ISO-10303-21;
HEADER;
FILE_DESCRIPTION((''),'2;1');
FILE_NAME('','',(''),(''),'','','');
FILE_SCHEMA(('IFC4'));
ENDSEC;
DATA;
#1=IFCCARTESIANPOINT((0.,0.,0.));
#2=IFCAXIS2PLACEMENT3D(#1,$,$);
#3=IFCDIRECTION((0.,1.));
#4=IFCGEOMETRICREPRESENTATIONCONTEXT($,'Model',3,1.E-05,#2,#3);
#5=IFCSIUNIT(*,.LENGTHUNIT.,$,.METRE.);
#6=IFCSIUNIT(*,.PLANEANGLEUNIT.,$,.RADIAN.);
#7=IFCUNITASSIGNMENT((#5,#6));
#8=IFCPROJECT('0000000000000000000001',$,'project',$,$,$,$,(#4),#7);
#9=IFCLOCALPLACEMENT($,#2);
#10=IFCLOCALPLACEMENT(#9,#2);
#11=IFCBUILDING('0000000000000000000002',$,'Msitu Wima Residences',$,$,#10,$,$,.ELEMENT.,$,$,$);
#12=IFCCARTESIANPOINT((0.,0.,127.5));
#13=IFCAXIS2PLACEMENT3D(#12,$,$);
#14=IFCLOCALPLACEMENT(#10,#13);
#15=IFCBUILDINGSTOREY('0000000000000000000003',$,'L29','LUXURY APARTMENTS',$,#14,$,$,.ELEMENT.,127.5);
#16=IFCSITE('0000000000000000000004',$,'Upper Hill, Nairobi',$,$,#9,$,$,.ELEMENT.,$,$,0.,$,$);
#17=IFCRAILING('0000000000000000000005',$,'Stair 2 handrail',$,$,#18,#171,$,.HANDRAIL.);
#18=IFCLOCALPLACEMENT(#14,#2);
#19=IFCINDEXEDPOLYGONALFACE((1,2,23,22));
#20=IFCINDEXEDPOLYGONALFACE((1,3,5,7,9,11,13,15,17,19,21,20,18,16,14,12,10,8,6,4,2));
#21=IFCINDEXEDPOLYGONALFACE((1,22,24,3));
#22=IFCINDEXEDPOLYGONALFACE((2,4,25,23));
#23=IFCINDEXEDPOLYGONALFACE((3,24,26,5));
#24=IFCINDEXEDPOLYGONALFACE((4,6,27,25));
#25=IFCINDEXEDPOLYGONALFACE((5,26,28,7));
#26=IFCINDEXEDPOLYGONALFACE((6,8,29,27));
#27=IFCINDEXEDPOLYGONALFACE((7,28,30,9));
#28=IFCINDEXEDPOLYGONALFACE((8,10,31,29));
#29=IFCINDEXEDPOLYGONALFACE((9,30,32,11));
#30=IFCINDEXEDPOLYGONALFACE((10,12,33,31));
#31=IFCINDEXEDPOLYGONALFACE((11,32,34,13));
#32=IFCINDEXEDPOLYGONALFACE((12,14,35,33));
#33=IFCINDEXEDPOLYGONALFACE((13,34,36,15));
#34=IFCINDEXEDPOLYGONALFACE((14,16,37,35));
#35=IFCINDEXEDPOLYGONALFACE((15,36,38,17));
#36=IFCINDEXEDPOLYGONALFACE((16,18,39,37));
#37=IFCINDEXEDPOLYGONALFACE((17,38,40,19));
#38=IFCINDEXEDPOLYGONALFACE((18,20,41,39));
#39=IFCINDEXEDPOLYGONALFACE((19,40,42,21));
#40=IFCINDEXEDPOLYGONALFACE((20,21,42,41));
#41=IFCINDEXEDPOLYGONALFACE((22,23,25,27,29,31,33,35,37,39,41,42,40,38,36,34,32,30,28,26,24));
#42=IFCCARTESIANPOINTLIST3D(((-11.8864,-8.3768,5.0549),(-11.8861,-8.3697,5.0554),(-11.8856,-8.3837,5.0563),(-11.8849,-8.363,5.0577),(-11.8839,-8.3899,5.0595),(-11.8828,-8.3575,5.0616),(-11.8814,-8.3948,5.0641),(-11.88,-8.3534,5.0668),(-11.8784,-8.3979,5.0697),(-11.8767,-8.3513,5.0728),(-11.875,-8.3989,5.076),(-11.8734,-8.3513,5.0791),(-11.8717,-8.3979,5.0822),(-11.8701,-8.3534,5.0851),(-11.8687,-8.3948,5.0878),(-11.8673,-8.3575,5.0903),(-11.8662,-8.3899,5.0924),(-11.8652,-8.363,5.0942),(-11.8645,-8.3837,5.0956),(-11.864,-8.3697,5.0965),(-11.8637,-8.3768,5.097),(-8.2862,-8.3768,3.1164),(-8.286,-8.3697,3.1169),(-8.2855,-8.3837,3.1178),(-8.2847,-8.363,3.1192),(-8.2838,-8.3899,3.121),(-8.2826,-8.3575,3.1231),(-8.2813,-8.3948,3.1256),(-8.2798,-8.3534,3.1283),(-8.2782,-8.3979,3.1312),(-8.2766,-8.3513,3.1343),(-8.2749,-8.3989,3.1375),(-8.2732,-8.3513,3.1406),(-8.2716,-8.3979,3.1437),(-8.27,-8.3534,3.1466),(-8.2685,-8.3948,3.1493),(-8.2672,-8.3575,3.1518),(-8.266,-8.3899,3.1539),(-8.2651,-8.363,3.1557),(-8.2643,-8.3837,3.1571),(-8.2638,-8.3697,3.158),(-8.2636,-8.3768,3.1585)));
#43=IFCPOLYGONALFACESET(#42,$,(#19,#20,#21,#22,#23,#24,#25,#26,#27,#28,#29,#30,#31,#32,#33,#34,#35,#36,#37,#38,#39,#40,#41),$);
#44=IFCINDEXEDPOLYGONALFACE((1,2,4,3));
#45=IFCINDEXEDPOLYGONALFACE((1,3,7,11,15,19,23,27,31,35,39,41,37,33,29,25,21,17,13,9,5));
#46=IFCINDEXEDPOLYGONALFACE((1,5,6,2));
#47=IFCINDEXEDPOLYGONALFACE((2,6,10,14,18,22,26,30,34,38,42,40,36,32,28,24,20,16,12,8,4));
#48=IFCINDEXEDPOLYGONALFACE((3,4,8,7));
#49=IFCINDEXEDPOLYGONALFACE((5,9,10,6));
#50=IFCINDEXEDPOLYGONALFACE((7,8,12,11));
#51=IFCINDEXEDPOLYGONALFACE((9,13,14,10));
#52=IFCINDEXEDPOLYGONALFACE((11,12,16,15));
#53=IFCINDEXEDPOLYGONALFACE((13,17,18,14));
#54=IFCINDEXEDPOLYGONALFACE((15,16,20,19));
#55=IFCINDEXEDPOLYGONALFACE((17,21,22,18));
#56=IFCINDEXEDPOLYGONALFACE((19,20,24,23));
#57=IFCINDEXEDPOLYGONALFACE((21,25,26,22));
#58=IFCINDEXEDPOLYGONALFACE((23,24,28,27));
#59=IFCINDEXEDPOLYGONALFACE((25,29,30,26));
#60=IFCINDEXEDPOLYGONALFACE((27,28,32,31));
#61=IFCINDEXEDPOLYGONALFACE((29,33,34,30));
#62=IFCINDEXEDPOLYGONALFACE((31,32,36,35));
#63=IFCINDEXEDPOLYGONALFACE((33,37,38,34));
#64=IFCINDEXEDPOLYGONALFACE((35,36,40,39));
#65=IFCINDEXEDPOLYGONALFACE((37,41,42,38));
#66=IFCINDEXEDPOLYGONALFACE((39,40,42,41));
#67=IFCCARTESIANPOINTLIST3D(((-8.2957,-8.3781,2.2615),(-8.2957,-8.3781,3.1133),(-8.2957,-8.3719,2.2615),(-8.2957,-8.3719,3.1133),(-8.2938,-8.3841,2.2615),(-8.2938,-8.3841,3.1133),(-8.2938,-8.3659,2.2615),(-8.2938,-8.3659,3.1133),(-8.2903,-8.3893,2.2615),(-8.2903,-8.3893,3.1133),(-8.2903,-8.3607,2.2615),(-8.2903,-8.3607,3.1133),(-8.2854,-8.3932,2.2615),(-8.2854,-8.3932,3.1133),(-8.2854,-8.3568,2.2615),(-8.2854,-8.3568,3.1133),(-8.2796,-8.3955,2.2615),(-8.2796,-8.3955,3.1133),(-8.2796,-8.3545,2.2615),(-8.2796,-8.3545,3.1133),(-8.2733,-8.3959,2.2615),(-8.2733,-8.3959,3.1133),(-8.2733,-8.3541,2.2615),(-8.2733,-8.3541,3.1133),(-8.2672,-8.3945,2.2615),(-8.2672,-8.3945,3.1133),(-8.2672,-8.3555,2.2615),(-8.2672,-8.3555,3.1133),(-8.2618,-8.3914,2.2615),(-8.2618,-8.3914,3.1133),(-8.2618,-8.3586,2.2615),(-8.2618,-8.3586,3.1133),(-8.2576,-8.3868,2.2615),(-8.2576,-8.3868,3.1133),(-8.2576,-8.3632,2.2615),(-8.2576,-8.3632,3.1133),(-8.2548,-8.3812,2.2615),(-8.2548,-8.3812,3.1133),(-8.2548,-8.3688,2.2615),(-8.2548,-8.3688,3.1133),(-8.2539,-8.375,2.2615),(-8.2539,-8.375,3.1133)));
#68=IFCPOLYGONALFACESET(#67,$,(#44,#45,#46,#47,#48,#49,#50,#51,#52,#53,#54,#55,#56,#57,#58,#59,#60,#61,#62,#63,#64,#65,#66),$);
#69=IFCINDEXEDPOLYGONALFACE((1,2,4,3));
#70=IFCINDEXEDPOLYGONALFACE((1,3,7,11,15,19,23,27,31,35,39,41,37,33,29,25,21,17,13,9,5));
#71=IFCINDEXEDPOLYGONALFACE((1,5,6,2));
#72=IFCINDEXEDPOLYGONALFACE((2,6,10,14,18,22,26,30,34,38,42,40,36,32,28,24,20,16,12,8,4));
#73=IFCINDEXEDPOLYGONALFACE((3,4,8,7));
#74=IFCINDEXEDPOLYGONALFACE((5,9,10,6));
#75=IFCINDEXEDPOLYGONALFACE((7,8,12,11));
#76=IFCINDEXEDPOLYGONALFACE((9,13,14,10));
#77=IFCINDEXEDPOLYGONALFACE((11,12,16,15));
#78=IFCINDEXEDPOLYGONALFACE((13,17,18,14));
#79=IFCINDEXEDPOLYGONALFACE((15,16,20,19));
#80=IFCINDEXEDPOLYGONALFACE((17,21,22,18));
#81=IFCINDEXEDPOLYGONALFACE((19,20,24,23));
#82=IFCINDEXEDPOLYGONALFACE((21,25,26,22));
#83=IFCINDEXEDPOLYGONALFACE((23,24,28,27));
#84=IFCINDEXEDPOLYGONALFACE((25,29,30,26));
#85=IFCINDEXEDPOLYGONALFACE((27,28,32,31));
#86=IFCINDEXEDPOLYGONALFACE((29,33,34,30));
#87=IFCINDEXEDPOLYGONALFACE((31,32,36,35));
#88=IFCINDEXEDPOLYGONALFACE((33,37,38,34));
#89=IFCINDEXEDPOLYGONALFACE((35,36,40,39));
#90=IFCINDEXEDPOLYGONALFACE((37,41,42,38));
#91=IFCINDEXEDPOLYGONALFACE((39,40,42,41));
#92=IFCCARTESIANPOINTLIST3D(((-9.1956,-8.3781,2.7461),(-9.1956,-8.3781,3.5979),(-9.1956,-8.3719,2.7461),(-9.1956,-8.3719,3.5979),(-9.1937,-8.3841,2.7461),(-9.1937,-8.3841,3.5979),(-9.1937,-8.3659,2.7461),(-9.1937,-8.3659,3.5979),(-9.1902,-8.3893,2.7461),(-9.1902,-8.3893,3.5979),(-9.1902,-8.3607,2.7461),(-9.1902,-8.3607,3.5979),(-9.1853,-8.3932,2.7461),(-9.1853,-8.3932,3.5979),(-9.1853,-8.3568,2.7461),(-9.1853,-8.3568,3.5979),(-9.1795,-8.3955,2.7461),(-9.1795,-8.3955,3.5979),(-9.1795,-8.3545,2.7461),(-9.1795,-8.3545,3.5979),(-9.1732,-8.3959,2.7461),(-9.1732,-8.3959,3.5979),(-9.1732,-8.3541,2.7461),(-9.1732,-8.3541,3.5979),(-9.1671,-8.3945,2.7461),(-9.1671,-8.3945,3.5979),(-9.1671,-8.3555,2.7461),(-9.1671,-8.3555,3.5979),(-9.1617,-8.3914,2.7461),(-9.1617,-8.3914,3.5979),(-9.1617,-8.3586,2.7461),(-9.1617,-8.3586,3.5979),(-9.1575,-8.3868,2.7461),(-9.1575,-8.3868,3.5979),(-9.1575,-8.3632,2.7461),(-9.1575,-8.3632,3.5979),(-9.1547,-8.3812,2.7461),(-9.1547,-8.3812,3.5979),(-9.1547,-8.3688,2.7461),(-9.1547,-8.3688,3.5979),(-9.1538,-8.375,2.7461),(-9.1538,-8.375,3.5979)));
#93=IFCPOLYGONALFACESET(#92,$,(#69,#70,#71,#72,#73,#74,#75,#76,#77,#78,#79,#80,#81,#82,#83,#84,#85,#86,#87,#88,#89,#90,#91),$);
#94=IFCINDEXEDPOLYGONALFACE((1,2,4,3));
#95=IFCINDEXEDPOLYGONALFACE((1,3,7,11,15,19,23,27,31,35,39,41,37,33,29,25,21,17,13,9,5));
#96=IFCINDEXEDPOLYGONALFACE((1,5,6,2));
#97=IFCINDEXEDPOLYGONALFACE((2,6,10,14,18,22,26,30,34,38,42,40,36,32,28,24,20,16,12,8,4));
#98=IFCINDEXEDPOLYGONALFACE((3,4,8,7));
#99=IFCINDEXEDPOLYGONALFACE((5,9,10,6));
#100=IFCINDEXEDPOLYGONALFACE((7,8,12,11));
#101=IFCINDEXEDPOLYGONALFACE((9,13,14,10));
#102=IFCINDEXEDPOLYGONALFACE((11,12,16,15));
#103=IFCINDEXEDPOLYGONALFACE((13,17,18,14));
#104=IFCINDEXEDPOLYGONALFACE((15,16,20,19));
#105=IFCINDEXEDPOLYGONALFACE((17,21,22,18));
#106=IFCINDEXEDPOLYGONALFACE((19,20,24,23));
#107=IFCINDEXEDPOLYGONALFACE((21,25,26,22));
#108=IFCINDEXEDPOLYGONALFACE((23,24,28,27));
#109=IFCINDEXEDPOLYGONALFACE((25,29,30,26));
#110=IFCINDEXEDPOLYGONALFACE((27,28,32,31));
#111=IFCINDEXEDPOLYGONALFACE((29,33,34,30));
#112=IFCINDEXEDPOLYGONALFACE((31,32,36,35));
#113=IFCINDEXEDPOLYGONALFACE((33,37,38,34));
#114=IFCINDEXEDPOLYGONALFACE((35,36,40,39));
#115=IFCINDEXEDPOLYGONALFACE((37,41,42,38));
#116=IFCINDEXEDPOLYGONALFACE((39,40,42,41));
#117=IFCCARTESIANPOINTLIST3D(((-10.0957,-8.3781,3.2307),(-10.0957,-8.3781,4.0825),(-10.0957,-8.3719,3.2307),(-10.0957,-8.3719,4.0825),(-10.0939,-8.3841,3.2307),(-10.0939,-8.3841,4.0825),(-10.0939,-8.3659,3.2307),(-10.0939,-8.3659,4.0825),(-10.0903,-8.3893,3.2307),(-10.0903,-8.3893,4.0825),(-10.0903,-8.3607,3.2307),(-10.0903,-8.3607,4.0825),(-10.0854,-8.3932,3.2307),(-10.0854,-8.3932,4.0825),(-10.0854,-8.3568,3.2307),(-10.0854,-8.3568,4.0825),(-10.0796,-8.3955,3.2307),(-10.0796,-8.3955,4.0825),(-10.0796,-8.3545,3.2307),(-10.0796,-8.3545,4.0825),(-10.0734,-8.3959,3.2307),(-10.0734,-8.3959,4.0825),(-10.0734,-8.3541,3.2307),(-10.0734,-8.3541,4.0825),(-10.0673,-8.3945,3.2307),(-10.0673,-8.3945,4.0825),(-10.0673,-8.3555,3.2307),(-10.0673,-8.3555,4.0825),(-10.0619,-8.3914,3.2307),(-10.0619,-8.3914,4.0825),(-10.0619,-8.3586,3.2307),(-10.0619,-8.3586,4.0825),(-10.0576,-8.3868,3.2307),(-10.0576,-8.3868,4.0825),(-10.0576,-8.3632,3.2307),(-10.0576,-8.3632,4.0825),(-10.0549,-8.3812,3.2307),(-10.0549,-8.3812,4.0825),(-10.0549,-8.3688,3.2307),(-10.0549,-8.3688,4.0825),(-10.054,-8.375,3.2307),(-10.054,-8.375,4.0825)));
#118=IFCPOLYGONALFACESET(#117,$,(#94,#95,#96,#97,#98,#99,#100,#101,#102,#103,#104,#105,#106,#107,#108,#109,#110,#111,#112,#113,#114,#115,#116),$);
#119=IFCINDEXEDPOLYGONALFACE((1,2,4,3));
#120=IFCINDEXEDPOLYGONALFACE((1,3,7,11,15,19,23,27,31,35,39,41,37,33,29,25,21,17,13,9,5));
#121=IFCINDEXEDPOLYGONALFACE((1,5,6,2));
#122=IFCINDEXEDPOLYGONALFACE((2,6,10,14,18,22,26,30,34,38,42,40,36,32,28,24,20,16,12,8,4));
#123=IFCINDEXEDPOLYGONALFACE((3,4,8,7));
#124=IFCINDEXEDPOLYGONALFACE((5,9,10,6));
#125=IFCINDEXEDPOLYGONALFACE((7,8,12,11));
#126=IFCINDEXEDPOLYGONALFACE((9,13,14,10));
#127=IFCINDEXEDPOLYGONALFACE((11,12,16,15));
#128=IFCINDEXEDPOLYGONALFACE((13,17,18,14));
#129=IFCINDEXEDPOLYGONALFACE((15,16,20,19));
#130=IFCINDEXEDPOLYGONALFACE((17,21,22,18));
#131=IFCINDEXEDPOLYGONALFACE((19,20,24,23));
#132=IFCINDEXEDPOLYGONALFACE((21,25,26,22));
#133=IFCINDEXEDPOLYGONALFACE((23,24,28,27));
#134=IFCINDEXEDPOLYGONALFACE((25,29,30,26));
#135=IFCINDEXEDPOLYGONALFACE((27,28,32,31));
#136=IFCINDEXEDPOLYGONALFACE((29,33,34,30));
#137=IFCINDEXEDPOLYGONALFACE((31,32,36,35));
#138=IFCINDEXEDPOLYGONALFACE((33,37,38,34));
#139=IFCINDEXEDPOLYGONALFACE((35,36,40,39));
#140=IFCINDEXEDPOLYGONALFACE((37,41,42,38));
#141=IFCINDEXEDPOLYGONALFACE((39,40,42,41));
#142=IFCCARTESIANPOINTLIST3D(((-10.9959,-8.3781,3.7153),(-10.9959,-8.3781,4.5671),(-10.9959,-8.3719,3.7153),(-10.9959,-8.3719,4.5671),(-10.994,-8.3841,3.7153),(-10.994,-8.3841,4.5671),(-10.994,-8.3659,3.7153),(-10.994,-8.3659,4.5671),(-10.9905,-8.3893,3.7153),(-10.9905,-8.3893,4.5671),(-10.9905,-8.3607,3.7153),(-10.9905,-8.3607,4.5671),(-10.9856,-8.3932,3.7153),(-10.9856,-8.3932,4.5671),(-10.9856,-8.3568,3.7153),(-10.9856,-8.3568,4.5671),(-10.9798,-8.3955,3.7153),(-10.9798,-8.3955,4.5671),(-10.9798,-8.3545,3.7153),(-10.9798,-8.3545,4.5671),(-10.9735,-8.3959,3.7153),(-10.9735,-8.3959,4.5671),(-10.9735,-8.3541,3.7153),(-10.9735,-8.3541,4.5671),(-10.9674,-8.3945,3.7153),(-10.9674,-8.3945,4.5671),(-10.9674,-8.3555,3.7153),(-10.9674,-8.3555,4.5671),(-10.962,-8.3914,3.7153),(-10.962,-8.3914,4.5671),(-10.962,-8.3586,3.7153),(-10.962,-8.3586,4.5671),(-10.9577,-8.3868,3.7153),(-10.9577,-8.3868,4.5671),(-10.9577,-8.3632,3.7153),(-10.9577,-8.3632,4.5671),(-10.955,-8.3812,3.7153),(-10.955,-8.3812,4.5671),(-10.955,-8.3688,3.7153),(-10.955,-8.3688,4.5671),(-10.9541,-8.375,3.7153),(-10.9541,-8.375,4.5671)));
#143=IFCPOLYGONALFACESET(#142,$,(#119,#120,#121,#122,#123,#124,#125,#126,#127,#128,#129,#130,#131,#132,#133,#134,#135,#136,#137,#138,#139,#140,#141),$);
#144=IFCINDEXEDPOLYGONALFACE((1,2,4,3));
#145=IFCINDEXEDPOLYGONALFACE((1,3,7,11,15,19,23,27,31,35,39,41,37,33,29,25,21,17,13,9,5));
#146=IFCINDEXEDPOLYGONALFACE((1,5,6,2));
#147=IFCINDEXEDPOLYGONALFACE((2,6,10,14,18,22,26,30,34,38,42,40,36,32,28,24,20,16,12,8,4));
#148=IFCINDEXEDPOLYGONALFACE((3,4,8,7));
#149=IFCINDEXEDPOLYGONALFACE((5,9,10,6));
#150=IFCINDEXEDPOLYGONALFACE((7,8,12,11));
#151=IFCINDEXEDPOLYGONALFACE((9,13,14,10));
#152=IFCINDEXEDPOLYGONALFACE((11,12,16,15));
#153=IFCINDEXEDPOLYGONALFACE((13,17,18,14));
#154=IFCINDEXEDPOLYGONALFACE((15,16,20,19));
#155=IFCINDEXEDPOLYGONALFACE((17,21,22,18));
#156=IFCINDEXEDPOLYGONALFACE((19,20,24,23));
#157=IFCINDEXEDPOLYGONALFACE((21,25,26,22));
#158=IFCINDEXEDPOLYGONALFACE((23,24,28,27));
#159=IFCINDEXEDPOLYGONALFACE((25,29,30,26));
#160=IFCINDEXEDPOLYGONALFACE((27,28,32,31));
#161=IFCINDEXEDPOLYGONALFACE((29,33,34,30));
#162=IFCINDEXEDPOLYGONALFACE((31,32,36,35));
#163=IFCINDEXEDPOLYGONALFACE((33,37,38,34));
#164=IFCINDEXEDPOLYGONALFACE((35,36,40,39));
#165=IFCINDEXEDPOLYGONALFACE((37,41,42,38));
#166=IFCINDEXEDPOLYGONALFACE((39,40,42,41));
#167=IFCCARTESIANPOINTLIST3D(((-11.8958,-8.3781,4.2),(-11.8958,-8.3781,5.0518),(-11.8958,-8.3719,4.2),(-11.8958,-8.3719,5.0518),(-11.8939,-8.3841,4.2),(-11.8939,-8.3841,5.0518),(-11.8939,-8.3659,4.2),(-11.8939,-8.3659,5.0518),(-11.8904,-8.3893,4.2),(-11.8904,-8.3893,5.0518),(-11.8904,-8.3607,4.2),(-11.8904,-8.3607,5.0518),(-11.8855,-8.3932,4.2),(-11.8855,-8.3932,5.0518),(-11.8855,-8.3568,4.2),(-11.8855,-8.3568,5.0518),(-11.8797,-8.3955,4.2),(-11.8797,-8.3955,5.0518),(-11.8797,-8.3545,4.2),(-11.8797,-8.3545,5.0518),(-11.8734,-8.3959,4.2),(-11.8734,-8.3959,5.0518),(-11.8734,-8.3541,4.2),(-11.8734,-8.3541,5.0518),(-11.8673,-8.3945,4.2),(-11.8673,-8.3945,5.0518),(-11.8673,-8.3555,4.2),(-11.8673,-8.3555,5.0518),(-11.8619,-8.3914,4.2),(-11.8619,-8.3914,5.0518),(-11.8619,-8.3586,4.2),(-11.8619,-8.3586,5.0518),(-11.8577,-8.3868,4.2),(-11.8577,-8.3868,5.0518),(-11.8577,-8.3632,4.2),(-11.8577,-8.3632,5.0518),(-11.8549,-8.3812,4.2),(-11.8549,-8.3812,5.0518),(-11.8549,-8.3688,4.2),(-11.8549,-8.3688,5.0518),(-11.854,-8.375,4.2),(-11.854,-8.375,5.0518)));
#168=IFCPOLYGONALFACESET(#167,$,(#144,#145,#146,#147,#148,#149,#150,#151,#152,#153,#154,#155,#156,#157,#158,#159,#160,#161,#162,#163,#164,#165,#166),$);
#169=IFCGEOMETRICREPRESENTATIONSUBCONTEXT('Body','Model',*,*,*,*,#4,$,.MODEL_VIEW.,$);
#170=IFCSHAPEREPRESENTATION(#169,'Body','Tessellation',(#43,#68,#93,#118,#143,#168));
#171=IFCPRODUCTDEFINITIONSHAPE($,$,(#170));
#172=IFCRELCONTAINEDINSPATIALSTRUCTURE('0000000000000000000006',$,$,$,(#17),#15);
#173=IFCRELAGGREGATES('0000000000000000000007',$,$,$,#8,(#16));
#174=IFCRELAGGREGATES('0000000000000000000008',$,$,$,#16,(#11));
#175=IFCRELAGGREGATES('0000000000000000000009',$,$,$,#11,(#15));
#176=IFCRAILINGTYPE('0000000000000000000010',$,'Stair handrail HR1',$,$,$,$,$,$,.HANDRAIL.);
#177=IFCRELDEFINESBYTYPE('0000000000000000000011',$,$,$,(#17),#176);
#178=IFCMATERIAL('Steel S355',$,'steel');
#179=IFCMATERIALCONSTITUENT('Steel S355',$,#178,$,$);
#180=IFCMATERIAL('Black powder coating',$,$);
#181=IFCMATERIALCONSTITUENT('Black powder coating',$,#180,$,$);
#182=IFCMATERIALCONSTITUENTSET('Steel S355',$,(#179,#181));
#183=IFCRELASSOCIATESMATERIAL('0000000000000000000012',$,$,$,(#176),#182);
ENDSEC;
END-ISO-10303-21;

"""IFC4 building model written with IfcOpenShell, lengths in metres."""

from ifc_helpers import new_model, si_unit, direction, frame, origin, origin_2d, place, context, subcontext, project, spatial, circle, extrude, material, constituent, constituent_set, type_object, element, save


model = new_model("IFC4")

# Units and contexts
model_context = context("Model", 3, precision=1e-05, world=origin(), true_north=direction((0.0, 1.0)))
body_context = subcontext(model_context, "Body", "Model", "MODEL_VIEW")
ifc_project = project(units=[si_unit("LENGTHUNIT", "METRE"), si_unit("PLANEANGLEUNIT", "RADIAN")], contexts=[model_context])

# Site, building, storey
site_placement = place(None, origin())
site = spatial("IfcSite", under=ifc_project, at=site_placement, Name="Upper Hill, Nairobi", CompositionType="ELEMENT", RefElevation=0.0)
building_placement = place(site_placement, origin())
building = spatial("IfcBuilding", under=site, at=building_placement, Name="Msitu Wima Residences", CompositionType="ELEMENT")
storey_placement = place(building_placement, frame((0.0, 0.0, 127.5)))
storey = spatial("IfcBuildingStorey", under=building, at=storey_placement, Name="L29", Description="LUXURY APARTMENTS", CompositionType="ELEMENT", Elevation=127.5)

# Railing
ifc_material_1 = material(Name="Steel S355", Category="steel")
ifc_constituent_1 = constituent(ifc_material_1, Name="Steel S355")
ifc_material_2 = material(Name="Black powder coating")
ifc_constituent_2 = constituent(ifc_material_2, Name="Black powder coating")
ifc_constituent_set = constituent_set(constituents=[ifc_constituent_1, ifc_constituent_2], Name="Steel S355")
railing_type = type_object("IfcRailingType", Name="Stair handrail HR1", PredefinedType="HANDRAIL", material=ifc_constituent_set)
for number, where, name in (
    (1, (-8.2749, -8.375, 2.2615), "Stair 2 handrail"),
):
    element("IfcRailing", number, at=place(storey_placement, frame(where)), inside=storey, type_object=railing_type, Name=name, PredefinedType="HANDRAIL", context=body_context, shape_type="SweptSolid", body=[
        extrude(circle(Radius=0.0239, at=origin_2d()), frame((0.0, 0.0, 0.876), z_axis=(-0.880475, 0.0, 0.474093), x_axis=(0.0, -1.0, 0.0)), (0.0, 0.0, 1.0), 4.0889),
        extrude(circle(Radius=0.021, at=origin_2d()), origin(), (0.0, 0.0, 1.0), 0.8518),
        extrude(circle(Radius=0.021, at=origin_2d()), frame((-0.8999, 0.0, 0.4846)), (0.0, 0.0, 1.0), 0.8518),
        extrude(circle(Radius=0.021, at=origin_2d()), frame((-1.8, 0.0, 0.9692)), (0.0, 0.0, 1.0), 0.8518),
        extrude(circle(Radius=0.021, at=origin_2d()), frame((-2.7002, 0.0, 1.4539)), (0.0, 0.0, 1.0), 0.8518),
        extrude(circle(Radius=0.021, at=origin_2d()), frame((-3.6001, 0.0, 1.9385)), (0.0, 0.0, 1.0), 0.8518),
    ])

save(model, "model.ifc")
